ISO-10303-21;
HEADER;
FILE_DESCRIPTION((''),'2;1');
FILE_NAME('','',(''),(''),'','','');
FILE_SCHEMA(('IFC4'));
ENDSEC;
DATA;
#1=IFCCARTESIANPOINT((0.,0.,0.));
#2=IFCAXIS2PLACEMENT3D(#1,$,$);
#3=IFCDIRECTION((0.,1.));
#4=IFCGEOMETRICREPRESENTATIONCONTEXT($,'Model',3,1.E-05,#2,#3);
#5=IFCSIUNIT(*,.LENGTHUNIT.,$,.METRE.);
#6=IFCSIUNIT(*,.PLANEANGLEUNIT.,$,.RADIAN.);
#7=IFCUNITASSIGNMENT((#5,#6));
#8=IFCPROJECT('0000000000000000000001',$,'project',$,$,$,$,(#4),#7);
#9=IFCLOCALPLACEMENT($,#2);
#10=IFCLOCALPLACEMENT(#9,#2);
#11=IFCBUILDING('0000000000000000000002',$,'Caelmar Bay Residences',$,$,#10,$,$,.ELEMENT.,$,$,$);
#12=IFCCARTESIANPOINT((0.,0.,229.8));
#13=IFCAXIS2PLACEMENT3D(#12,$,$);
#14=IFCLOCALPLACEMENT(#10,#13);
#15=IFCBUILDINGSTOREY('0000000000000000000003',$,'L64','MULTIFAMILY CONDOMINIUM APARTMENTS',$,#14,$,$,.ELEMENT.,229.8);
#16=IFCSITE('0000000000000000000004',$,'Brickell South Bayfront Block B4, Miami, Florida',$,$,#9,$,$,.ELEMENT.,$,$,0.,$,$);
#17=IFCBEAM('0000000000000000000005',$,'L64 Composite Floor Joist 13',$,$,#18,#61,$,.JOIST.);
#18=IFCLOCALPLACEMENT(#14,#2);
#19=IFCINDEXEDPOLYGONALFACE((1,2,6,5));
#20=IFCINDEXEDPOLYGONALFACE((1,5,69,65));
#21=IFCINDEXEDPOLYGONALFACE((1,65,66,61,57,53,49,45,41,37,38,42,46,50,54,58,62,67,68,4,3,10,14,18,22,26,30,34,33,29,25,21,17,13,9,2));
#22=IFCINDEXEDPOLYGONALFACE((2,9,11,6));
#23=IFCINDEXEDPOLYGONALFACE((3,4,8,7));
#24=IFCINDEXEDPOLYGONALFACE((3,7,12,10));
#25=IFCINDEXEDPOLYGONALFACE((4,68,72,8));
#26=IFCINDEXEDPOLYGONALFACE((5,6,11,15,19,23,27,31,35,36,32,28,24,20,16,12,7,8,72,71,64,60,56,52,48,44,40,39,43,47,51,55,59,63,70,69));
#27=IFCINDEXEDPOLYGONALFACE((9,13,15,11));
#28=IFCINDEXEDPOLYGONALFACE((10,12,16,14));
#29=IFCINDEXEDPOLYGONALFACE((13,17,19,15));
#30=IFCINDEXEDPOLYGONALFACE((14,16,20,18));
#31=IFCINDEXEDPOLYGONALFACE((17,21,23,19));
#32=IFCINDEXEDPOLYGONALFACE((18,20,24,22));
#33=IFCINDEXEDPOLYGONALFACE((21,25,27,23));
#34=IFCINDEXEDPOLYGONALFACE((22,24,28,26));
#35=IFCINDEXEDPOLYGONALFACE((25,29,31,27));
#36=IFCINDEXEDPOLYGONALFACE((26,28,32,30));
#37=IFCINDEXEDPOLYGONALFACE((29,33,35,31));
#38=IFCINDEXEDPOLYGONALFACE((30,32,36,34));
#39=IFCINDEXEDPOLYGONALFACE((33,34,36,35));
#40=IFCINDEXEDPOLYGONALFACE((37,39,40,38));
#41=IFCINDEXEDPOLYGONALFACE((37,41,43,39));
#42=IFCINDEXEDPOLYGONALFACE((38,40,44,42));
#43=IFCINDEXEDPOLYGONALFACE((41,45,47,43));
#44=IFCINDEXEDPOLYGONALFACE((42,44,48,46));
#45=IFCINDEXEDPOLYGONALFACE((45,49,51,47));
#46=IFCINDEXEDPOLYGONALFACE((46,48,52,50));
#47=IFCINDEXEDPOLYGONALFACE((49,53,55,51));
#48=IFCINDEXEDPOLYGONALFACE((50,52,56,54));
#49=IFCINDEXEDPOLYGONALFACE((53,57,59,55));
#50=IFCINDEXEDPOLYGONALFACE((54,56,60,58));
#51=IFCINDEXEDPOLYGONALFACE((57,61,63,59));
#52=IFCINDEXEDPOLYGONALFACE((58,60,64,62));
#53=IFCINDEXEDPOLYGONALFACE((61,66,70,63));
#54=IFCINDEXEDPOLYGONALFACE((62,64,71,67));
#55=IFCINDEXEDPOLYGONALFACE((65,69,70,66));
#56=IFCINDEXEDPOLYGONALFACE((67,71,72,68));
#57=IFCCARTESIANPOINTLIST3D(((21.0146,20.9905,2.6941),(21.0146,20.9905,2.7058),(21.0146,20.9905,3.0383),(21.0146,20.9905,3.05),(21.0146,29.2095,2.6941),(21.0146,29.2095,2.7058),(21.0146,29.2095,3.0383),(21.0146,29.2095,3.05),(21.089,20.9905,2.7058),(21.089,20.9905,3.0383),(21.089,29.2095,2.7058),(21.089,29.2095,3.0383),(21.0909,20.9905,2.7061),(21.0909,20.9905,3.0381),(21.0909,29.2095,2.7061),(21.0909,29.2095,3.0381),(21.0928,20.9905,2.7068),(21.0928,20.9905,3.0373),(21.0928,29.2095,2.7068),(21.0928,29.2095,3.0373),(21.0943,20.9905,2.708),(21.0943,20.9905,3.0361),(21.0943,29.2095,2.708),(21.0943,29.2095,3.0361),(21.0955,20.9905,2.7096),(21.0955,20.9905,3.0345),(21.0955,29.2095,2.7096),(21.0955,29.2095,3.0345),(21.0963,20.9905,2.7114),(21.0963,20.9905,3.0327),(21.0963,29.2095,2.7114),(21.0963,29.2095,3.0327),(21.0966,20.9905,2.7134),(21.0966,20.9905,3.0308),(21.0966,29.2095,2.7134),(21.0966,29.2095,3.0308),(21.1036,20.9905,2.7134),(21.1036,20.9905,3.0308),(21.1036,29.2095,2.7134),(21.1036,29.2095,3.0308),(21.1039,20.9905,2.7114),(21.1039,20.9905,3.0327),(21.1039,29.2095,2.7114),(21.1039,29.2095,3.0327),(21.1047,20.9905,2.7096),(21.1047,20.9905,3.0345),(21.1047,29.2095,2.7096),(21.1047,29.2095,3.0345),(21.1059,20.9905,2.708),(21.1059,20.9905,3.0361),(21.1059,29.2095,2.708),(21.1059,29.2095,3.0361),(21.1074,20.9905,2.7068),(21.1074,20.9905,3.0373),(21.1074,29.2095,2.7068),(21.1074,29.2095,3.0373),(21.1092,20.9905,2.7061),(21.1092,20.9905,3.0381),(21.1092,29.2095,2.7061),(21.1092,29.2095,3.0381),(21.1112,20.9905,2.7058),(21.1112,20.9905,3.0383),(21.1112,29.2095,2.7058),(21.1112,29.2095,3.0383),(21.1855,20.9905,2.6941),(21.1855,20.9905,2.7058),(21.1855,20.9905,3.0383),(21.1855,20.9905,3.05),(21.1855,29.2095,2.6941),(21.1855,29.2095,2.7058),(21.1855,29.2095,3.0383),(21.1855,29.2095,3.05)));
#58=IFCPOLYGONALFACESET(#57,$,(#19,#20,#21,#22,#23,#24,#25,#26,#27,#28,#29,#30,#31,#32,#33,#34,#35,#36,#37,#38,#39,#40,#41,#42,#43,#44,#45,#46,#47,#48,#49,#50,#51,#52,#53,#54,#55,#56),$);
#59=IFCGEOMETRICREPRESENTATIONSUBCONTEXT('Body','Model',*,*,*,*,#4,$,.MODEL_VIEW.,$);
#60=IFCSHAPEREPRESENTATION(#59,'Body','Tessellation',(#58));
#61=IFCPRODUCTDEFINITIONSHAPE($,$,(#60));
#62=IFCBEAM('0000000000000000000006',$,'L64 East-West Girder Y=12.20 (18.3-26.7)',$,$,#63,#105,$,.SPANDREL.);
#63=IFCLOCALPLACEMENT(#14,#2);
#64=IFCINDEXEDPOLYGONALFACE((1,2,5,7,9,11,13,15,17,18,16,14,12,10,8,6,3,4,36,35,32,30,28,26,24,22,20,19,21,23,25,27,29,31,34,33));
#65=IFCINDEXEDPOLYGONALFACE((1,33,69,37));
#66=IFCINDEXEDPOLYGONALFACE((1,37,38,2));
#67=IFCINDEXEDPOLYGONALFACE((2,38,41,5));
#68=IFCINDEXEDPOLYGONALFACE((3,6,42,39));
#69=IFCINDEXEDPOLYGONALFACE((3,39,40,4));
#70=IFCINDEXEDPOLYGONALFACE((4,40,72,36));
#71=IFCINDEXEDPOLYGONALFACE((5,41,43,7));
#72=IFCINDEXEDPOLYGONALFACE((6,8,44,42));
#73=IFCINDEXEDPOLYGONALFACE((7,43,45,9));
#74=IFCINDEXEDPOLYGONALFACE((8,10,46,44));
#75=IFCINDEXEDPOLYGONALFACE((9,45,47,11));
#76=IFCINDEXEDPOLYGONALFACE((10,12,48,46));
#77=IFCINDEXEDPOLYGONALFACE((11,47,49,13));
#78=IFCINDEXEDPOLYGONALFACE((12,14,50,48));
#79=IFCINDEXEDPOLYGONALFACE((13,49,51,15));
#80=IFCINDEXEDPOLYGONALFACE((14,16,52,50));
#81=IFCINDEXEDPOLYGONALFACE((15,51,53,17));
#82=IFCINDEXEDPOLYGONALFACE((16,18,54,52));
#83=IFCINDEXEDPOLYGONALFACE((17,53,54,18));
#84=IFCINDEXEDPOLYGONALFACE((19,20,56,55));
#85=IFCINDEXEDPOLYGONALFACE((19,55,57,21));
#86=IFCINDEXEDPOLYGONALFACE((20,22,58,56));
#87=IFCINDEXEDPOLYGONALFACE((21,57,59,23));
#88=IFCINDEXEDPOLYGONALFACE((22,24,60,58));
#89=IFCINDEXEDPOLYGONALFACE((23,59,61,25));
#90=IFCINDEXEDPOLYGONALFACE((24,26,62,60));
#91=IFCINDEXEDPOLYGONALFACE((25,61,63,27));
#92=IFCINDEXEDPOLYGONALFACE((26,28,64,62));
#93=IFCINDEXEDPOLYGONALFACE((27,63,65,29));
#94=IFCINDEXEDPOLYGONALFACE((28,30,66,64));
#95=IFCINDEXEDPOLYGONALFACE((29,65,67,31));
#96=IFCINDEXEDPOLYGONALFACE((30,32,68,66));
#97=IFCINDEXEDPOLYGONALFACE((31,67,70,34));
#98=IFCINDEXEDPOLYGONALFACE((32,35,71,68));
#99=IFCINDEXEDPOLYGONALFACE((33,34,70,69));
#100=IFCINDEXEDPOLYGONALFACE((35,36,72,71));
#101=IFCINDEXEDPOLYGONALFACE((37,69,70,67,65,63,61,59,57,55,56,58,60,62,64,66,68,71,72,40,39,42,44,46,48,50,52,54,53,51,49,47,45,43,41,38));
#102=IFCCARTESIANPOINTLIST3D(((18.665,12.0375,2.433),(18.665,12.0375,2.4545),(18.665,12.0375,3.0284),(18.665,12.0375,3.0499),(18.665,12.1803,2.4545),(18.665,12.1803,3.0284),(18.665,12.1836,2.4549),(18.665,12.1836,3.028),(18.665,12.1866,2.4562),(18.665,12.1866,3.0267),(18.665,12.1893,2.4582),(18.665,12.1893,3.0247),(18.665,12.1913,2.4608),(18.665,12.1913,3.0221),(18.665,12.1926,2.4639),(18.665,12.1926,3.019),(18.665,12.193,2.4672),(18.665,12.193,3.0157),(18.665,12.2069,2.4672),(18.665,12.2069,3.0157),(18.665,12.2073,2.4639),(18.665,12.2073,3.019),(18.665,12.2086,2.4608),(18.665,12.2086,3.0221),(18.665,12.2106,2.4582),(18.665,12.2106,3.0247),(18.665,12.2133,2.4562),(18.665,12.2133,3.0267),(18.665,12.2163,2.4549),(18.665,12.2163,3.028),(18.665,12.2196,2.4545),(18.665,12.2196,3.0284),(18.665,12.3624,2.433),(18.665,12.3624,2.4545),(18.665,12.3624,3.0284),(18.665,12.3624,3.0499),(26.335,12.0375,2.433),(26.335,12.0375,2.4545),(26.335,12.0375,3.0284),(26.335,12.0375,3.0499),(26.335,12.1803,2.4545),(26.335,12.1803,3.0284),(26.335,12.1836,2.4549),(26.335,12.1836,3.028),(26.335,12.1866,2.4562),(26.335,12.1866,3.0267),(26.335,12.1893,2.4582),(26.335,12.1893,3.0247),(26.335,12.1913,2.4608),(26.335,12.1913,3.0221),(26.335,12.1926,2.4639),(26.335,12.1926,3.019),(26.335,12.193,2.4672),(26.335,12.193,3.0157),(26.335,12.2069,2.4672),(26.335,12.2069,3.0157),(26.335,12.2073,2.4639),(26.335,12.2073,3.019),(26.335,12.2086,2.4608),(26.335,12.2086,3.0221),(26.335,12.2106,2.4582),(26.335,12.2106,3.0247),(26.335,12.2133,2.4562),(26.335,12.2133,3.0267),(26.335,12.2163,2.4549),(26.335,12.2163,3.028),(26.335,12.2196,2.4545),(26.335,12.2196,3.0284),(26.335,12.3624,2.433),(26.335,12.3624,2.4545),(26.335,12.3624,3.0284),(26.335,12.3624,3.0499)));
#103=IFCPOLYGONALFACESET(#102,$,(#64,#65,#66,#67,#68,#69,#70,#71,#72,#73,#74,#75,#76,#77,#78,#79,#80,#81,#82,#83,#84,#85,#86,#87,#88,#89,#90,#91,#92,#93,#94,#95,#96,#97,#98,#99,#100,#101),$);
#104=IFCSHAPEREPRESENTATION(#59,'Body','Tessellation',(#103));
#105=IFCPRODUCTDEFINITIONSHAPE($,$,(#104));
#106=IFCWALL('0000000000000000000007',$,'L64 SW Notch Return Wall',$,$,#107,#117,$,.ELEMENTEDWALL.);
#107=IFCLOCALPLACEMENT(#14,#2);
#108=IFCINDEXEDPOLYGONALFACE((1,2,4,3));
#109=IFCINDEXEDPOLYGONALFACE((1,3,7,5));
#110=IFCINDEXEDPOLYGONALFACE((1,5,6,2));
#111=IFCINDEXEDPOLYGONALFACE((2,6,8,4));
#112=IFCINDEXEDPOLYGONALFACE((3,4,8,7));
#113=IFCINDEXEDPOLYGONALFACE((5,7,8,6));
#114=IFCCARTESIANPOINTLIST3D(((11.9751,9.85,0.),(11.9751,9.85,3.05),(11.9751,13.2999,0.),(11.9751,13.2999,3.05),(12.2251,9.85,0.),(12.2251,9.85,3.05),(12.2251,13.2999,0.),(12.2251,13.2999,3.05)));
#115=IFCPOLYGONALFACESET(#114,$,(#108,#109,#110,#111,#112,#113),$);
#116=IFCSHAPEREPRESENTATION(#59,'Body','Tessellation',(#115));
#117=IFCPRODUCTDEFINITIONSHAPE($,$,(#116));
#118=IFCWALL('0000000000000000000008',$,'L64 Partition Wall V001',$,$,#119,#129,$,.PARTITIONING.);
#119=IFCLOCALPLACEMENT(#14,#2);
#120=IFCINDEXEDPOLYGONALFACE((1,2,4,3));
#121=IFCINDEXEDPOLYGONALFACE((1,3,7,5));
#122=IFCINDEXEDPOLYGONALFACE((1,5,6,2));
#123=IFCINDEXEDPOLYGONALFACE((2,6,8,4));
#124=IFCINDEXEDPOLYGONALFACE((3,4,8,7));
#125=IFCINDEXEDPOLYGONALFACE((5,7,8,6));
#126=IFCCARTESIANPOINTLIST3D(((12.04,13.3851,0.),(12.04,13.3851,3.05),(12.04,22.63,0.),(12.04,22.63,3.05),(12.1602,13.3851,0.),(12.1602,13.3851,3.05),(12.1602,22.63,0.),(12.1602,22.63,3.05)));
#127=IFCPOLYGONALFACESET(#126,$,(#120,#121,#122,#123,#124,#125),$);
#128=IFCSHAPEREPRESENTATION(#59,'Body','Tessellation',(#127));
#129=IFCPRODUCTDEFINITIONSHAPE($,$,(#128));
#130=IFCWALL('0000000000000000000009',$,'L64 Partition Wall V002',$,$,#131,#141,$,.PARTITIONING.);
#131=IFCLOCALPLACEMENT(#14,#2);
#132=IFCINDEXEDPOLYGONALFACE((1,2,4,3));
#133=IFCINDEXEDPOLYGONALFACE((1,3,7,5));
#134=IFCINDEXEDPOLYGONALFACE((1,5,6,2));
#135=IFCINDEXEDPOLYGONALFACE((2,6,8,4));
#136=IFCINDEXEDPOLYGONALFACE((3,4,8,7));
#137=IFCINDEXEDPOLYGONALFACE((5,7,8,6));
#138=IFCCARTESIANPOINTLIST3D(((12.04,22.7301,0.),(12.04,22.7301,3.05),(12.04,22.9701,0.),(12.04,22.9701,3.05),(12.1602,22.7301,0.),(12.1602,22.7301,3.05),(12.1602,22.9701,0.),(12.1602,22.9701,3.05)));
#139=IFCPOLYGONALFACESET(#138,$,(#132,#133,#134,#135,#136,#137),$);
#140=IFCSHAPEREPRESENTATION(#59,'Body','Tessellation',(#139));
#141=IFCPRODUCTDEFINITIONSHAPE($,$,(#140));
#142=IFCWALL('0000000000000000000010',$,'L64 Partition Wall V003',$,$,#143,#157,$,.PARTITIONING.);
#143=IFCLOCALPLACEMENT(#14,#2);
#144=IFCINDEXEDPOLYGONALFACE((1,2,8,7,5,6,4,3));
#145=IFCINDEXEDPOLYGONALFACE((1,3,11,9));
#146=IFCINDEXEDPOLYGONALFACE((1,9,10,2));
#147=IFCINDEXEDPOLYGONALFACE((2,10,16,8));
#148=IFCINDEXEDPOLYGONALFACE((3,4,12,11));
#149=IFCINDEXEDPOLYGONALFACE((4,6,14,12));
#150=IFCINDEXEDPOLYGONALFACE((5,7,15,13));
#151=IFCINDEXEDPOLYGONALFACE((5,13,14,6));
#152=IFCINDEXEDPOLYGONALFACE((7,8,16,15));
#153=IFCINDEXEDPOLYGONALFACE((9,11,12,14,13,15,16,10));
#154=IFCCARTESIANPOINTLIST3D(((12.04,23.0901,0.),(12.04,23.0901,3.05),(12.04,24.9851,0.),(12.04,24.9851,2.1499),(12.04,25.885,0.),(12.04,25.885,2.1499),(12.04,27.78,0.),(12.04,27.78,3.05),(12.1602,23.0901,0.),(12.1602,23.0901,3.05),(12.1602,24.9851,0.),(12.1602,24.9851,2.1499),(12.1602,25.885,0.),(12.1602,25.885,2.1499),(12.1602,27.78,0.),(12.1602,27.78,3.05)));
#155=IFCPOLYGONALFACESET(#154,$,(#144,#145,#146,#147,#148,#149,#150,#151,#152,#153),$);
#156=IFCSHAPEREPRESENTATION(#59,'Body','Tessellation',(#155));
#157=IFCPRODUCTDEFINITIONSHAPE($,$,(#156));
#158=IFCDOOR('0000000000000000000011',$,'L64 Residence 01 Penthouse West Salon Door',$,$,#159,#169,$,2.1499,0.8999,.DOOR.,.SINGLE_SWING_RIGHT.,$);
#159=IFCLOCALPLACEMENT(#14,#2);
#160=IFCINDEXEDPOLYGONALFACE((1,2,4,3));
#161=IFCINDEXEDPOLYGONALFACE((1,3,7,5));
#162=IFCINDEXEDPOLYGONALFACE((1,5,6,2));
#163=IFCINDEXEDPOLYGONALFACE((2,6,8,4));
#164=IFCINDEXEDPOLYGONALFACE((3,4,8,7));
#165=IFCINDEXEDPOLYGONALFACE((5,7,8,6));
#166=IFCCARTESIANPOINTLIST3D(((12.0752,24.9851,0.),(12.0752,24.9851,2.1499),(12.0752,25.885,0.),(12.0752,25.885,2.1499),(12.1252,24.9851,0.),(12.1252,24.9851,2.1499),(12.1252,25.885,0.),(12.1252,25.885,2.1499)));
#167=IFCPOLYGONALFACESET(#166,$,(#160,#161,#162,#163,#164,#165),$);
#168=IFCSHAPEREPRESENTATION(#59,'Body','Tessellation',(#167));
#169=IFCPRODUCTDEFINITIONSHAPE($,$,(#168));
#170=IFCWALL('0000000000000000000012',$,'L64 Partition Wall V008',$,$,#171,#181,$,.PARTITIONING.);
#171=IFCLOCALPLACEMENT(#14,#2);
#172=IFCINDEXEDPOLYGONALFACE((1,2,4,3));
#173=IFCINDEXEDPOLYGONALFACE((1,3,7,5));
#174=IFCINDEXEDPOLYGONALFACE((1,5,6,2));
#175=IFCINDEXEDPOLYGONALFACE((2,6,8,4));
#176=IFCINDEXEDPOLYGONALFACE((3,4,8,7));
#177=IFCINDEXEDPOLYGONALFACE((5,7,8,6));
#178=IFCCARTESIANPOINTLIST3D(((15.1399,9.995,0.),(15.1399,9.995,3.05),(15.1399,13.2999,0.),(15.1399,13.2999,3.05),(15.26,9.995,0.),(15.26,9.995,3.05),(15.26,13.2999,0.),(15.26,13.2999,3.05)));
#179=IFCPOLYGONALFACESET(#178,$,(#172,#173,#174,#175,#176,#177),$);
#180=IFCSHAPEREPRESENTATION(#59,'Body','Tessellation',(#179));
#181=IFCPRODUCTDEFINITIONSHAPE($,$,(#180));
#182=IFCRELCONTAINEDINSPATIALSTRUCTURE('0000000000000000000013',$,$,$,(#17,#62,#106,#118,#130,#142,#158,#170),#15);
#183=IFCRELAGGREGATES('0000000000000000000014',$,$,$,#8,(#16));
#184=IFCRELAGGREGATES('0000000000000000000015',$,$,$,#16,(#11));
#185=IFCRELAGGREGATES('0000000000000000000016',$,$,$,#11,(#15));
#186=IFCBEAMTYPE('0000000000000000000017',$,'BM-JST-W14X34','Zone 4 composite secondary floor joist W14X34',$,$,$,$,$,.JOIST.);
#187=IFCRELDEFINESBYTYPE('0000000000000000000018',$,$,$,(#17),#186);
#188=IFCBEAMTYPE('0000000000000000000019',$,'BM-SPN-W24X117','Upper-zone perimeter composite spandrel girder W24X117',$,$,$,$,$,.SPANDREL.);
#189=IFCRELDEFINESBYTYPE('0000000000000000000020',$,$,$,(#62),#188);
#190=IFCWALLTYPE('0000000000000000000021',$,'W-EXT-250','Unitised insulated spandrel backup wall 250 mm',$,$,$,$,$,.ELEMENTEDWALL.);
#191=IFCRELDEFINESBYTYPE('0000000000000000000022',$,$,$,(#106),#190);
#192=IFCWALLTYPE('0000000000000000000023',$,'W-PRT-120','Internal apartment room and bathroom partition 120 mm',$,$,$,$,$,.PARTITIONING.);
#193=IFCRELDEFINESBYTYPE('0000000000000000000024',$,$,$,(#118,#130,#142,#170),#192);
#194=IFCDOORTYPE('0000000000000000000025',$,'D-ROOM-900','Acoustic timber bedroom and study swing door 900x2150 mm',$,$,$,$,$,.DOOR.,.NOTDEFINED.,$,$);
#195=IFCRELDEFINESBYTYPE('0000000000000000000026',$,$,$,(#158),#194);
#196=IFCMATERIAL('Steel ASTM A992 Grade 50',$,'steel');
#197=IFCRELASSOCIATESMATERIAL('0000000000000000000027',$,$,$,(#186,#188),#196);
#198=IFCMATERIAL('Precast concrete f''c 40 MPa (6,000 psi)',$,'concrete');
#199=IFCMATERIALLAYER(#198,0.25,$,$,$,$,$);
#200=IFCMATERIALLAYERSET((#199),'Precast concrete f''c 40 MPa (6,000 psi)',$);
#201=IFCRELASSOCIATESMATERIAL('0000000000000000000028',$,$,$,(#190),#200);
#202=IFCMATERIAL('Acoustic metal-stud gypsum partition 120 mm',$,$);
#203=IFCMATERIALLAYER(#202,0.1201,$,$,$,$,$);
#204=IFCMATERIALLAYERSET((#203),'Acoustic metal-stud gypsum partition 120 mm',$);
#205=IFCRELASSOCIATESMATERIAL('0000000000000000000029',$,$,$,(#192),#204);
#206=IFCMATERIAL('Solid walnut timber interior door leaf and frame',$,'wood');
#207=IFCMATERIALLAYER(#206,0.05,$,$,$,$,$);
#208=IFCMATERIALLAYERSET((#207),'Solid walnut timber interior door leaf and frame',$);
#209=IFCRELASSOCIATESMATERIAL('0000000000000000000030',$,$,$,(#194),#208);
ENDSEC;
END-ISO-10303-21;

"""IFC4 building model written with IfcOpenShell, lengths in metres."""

from ifc_helpers import new_model, si_unit, direction, frame, frame_2d, origin, origin_2d, place, context, subcontext, project, spatial, rectangle, i_section, extrude, material, layer, layer_set, material_profile, profile_set, type_object, element, fill, save


model = new_model("IFC4")

# Units and contexts
model_context = context("Model", 3, precision=1e-05, world=origin(), true_north=direction((0.0, 1.0)))
body_context = subcontext(model_context, "Body", "Model", "MODEL_VIEW")
ifc_project = project(units=[si_unit("LENGTHUNIT", "METRE"), si_unit("PLANEANGLEUNIT", "RADIAN")], contexts=[model_context])

# Site, building, storey
site_placement = place(None, origin())
site = spatial("IfcSite", under=ifc_project, at=site_placement, Name="Brickell South Bayfront Block B4, Miami, Florida", CompositionType="ELEMENT", RefElevation=0.0)
building_placement = place(site_placement, origin())
building = spatial("IfcBuilding", under=site, at=building_placement, Name="Caelmar Bay Residences", CompositionType="ELEMENT")
storey_placement = place(building_placement, frame((0.0, 0.0, 229.8)))
storey = spatial("IfcBuildingStorey", under=building, at=storey_placement, Name="L64", Description="MULTIFAMILY CONDOMINIUM APARTMENTS", CompositionType="ELEMENT", Elevation=229.8)

# Beams
ifc_material_1 = material(Name="Steel ASTM A992 Grade 50", Category="steel")
ifc_material_profile_1 = material_profile(ifc_material_1, i_section(OverallWidth=0.1709, OverallDepth=0.356, WebThickness=0.0071, FlangeThickness=0.0117, FilletRadius=0.0076, at=origin_2d()), Name="W14X34")
ifc_profile_set_1 = profile_set([ifc_material_profile_1], Name="Steel ASTM A992 Grade 50")
beam_type_1 = type_object("IfcBeamType", Name="BM-JST-W14X34", Description="Zone 4 composite secondary floor joist W14X34", PredefinedType="JOIST", material=ifc_profile_set_1)
for number, where, z_axis, x_axis, name in (
    (1, (21.1001, 20.9905, 2.8721), (0.0, 1.0, 0.0), (-1.0, 0.0, 0.0), "L64 Composite Floor Joist 13"),
):
    element("IfcBeam", number, at=place(storey_placement, frame(where, z_axis=z_axis, x_axis=x_axis)), inside=storey, type_object=beam_type_1, Name=name, PredefinedType="JOIST", context=body_context, shape_type="SweptSolid", body=[
        extrude(i_section(OverallWidth=0.1709, OverallDepth=0.356, WebThickness=0.0071, FlangeThickness=0.0117, FilletRadius=0.0076, at=origin_2d()), origin(), (0.0, 0.0, 1.0), 8.219),
    ])
ifc_material_profile_2 = material_profile(ifc_material_1, i_section(OverallWidth=0.325, OverallDepth=0.6169, WebThickness=0.0139, FlangeThickness=0.0215, FilletRadius=0.0127, at=origin_2d()), Name="W24X117")
ifc_profile_set_2 = profile_set([ifc_material_profile_2], Name="Steel ASTM A992 Grade 50")
beam_type_2 = type_object("IfcBeamType", Name="BM-SPN-W24X117", Description="Upper-zone perimeter composite spandrel girder W24X117", PredefinedType="SPANDREL", material=ifc_profile_set_2)
beam_1_placement = place(storey_placement, frame((18.665, 12.2, 2.7415), z_axis=(1.0, 0.0, 0.0), x_axis=(0.0, 1.0, 0.0)))
element("IfcBeam", 2, at=beam_1_placement, inside=storey, type_object=beam_type_2, Name="L64 East-West Girder Y=12.20 (18.3-26.7)", PredefinedType="SPANDREL", context=body_context, shape_type="SweptSolid", body=[
    extrude(i_section(OverallWidth=0.325, OverallDepth=0.6169, WebThickness=0.0139, FlangeThickness=0.0215, FilletRadius=0.0127, at=origin_2d()), origin(), (0.0, 0.0, 1.0), 7.6699),
])

# Walls
ifc_material_2 = material(Name="Precast concrete f'c 40 MPa (6,000 psi)", Category="concrete")
ifc_layer_1 = layer(ifc_material_2, 0.25)
ifc_layer_set_1 = layer_set([ifc_layer_1], Name="Precast concrete f'c 40 MPa (6,000 psi)")
wall_type_1 = type_object("IfcWallType", Name="W-EXT-250", Description="Unitised insulated spandrel backup wall 250 mm", PredefinedType="ELEMENTEDWALL", material=ifc_layer_set_1)
wall_1_placement = place(storey_placement, frame((12.1001, 13.3, 0.0), z_axis=(0.0, 0.0, 1.0), x_axis=(0.0, -1.0, 0.0)))
element("IfcWall", 3, at=wall_1_placement, inside=storey, type_object=wall_type_1, Name="L64 SW Notch Return Wall", PredefinedType="ELEMENTEDWALL", context=body_context, shape_type="SweptSolid", body=[
    extrude(rectangle(XDim=3.45, YDim=0.25, at=frame_2d((1.7251, 0.0))), origin(), (0.0, 0.0, 1.0), 3.05),
])
ifc_material_3 = material(Name="Acoustic metal-stud gypsum partition 120 mm")
ifc_layer_2 = layer(ifc_material_3, 0.1201)
ifc_layer_set_2 = layer_set([ifc_layer_2], Name="Acoustic metal-stud gypsum partition 120 mm")
wall_type_2 = type_object("IfcWallType", Name="W-PRT-120", Description="Internal apartment room and bathroom partition 120 mm", PredefinedType="PARTITIONING", material=ifc_layer_set_2)
wall_2_placement = place(storey_placement, frame((12.1001, 13.385, 0.0), z_axis=(0.0, 0.0, 1.0), x_axis=(0.0, 1.0, 0.0)))
element("IfcWall", 4, at=wall_2_placement, inside=storey, type_object=wall_type_2, Name="L64 Partition Wall V001", PredefinedType="PARTITIONING", context=body_context, shape_type="SweptSolid", body=[
    extrude(rectangle(XDim=9.2449, YDim=0.1201, at=frame_2d((4.6226, 0.0))), origin(), (0.0, 0.0, 1.0), 3.05),
])
wall_3_placement = place(storey_placement, frame((12.1001, 22.73, 0.0), z_axis=(0.0, 0.0, 1.0), x_axis=(0.0, 1.0, 0.0)))
element("IfcWall", 5, at=wall_3_placement, inside=storey, type_object=wall_type_2, Name="L64 Partition Wall V002", PredefinedType="PARTITIONING", context=body_context, shape_type="SweptSolid", body=[
    extrude(rectangle(XDim=0.24, YDim=0.1201, at=frame_2d((0.1201, 0.0))), origin(), (0.0, 0.0, 1.0), 3.05),
])

# Wall, opening, door
wall_4_placement = place(storey_placement, frame((12.1001, 23.0901, 0.0), z_axis=(0.0, 0.0, 1.0), x_axis=(0.0, 1.0, 0.0)))
wall_4 = element("IfcWall", 6, at=wall_4_placement, inside=storey, type_object=wall_type_2, Name="L64 Partition Wall V003", PredefinedType="PARTITIONING", context=body_context, shape_type="SweptSolid", body=[
    extrude(rectangle(XDim=4.6899, YDim=0.1201, at=frame_2d((2.345, 0.0))), origin(), (0.0, 0.0, 1.0), 3.05),
])
opening_1_placement = place(wall_4_placement, frame((1.895, 0.0, 0.0)))
opening_1 = element("IfcOpeningElement", 7, at=opening_1_placement, cuts=wall_4, PredefinedType="OPENING", context=body_context, shape_type="SweptSolid", body=[
    extrude(rectangle(XDim=0.8999, YDim=2.1499, at=frame_2d((0.45, 1.075))), frame((0.0, 0.0701, 0.0), z_axis=(0.0, -1.0, 0.0), x_axis=(1.0, 0.0, 0.0)), (0.0, 0.0, 1.0), 0.1401),
])
ifc_material_4 = material(Name="Solid walnut timber interior door leaf and frame", Category="wood")
ifc_layer_3 = layer(ifc_material_4, 0.05)
ifc_layer_set_3 = layer_set([ifc_layer_3], Name="Solid walnut timber interior door leaf and frame")
door_type = type_object("IfcDoorType", Name="D-ROOM-900", Description="Acoustic timber bedroom and study swing door 900x2150 mm", OperationType="NOTDEFINED", PredefinedType="DOOR", material=ifc_layer_set_3)
door_1_placement = place(opening_1_placement, origin())
door_1 = element("IfcDoor", 8, at=door_1_placement, inside=storey, type_object=door_type, Name="L64 Residence 01 Penthouse West Salon Door", OperationType="SINGLE_SWING_RIGHT", OverallHeight=2.1499, OverallWidth=0.8999, PredefinedType="DOOR", context=body_context, shape_type="SweptSolid", body=[
    extrude(rectangle(XDim=0.8999, YDim=2.1499, at=frame_2d((0.45, 1.075))), frame((0.0, 0.0249, 0.0), z_axis=(0.0, -1.0, 0.0), x_axis=(1.0, 0.0, 0.0)), (0.0, 0.0, 1.0), 0.05),
])
fill(opening_1, door_1)

# Wall
wall_5_placement = place(storey_placement, frame((15.2, 9.9951, 0.0), z_axis=(0.0, 0.0, 1.0), x_axis=(0.0, 1.0, 0.0)))
element("IfcWall", 9, at=wall_5_placement, inside=storey, type_object=wall_type_2, Name="L64 Partition Wall V008", PredefinedType="PARTITIONING", context=body_context, shape_type="SweptSolid", body=[
    extrude(rectangle(XDim=3.3049, YDim=0.1201, at=frame_2d((1.6523, 0.0))), origin(), (0.0, 0.0, 1.0), 3.05),
])

save(model, "model.ifc")
